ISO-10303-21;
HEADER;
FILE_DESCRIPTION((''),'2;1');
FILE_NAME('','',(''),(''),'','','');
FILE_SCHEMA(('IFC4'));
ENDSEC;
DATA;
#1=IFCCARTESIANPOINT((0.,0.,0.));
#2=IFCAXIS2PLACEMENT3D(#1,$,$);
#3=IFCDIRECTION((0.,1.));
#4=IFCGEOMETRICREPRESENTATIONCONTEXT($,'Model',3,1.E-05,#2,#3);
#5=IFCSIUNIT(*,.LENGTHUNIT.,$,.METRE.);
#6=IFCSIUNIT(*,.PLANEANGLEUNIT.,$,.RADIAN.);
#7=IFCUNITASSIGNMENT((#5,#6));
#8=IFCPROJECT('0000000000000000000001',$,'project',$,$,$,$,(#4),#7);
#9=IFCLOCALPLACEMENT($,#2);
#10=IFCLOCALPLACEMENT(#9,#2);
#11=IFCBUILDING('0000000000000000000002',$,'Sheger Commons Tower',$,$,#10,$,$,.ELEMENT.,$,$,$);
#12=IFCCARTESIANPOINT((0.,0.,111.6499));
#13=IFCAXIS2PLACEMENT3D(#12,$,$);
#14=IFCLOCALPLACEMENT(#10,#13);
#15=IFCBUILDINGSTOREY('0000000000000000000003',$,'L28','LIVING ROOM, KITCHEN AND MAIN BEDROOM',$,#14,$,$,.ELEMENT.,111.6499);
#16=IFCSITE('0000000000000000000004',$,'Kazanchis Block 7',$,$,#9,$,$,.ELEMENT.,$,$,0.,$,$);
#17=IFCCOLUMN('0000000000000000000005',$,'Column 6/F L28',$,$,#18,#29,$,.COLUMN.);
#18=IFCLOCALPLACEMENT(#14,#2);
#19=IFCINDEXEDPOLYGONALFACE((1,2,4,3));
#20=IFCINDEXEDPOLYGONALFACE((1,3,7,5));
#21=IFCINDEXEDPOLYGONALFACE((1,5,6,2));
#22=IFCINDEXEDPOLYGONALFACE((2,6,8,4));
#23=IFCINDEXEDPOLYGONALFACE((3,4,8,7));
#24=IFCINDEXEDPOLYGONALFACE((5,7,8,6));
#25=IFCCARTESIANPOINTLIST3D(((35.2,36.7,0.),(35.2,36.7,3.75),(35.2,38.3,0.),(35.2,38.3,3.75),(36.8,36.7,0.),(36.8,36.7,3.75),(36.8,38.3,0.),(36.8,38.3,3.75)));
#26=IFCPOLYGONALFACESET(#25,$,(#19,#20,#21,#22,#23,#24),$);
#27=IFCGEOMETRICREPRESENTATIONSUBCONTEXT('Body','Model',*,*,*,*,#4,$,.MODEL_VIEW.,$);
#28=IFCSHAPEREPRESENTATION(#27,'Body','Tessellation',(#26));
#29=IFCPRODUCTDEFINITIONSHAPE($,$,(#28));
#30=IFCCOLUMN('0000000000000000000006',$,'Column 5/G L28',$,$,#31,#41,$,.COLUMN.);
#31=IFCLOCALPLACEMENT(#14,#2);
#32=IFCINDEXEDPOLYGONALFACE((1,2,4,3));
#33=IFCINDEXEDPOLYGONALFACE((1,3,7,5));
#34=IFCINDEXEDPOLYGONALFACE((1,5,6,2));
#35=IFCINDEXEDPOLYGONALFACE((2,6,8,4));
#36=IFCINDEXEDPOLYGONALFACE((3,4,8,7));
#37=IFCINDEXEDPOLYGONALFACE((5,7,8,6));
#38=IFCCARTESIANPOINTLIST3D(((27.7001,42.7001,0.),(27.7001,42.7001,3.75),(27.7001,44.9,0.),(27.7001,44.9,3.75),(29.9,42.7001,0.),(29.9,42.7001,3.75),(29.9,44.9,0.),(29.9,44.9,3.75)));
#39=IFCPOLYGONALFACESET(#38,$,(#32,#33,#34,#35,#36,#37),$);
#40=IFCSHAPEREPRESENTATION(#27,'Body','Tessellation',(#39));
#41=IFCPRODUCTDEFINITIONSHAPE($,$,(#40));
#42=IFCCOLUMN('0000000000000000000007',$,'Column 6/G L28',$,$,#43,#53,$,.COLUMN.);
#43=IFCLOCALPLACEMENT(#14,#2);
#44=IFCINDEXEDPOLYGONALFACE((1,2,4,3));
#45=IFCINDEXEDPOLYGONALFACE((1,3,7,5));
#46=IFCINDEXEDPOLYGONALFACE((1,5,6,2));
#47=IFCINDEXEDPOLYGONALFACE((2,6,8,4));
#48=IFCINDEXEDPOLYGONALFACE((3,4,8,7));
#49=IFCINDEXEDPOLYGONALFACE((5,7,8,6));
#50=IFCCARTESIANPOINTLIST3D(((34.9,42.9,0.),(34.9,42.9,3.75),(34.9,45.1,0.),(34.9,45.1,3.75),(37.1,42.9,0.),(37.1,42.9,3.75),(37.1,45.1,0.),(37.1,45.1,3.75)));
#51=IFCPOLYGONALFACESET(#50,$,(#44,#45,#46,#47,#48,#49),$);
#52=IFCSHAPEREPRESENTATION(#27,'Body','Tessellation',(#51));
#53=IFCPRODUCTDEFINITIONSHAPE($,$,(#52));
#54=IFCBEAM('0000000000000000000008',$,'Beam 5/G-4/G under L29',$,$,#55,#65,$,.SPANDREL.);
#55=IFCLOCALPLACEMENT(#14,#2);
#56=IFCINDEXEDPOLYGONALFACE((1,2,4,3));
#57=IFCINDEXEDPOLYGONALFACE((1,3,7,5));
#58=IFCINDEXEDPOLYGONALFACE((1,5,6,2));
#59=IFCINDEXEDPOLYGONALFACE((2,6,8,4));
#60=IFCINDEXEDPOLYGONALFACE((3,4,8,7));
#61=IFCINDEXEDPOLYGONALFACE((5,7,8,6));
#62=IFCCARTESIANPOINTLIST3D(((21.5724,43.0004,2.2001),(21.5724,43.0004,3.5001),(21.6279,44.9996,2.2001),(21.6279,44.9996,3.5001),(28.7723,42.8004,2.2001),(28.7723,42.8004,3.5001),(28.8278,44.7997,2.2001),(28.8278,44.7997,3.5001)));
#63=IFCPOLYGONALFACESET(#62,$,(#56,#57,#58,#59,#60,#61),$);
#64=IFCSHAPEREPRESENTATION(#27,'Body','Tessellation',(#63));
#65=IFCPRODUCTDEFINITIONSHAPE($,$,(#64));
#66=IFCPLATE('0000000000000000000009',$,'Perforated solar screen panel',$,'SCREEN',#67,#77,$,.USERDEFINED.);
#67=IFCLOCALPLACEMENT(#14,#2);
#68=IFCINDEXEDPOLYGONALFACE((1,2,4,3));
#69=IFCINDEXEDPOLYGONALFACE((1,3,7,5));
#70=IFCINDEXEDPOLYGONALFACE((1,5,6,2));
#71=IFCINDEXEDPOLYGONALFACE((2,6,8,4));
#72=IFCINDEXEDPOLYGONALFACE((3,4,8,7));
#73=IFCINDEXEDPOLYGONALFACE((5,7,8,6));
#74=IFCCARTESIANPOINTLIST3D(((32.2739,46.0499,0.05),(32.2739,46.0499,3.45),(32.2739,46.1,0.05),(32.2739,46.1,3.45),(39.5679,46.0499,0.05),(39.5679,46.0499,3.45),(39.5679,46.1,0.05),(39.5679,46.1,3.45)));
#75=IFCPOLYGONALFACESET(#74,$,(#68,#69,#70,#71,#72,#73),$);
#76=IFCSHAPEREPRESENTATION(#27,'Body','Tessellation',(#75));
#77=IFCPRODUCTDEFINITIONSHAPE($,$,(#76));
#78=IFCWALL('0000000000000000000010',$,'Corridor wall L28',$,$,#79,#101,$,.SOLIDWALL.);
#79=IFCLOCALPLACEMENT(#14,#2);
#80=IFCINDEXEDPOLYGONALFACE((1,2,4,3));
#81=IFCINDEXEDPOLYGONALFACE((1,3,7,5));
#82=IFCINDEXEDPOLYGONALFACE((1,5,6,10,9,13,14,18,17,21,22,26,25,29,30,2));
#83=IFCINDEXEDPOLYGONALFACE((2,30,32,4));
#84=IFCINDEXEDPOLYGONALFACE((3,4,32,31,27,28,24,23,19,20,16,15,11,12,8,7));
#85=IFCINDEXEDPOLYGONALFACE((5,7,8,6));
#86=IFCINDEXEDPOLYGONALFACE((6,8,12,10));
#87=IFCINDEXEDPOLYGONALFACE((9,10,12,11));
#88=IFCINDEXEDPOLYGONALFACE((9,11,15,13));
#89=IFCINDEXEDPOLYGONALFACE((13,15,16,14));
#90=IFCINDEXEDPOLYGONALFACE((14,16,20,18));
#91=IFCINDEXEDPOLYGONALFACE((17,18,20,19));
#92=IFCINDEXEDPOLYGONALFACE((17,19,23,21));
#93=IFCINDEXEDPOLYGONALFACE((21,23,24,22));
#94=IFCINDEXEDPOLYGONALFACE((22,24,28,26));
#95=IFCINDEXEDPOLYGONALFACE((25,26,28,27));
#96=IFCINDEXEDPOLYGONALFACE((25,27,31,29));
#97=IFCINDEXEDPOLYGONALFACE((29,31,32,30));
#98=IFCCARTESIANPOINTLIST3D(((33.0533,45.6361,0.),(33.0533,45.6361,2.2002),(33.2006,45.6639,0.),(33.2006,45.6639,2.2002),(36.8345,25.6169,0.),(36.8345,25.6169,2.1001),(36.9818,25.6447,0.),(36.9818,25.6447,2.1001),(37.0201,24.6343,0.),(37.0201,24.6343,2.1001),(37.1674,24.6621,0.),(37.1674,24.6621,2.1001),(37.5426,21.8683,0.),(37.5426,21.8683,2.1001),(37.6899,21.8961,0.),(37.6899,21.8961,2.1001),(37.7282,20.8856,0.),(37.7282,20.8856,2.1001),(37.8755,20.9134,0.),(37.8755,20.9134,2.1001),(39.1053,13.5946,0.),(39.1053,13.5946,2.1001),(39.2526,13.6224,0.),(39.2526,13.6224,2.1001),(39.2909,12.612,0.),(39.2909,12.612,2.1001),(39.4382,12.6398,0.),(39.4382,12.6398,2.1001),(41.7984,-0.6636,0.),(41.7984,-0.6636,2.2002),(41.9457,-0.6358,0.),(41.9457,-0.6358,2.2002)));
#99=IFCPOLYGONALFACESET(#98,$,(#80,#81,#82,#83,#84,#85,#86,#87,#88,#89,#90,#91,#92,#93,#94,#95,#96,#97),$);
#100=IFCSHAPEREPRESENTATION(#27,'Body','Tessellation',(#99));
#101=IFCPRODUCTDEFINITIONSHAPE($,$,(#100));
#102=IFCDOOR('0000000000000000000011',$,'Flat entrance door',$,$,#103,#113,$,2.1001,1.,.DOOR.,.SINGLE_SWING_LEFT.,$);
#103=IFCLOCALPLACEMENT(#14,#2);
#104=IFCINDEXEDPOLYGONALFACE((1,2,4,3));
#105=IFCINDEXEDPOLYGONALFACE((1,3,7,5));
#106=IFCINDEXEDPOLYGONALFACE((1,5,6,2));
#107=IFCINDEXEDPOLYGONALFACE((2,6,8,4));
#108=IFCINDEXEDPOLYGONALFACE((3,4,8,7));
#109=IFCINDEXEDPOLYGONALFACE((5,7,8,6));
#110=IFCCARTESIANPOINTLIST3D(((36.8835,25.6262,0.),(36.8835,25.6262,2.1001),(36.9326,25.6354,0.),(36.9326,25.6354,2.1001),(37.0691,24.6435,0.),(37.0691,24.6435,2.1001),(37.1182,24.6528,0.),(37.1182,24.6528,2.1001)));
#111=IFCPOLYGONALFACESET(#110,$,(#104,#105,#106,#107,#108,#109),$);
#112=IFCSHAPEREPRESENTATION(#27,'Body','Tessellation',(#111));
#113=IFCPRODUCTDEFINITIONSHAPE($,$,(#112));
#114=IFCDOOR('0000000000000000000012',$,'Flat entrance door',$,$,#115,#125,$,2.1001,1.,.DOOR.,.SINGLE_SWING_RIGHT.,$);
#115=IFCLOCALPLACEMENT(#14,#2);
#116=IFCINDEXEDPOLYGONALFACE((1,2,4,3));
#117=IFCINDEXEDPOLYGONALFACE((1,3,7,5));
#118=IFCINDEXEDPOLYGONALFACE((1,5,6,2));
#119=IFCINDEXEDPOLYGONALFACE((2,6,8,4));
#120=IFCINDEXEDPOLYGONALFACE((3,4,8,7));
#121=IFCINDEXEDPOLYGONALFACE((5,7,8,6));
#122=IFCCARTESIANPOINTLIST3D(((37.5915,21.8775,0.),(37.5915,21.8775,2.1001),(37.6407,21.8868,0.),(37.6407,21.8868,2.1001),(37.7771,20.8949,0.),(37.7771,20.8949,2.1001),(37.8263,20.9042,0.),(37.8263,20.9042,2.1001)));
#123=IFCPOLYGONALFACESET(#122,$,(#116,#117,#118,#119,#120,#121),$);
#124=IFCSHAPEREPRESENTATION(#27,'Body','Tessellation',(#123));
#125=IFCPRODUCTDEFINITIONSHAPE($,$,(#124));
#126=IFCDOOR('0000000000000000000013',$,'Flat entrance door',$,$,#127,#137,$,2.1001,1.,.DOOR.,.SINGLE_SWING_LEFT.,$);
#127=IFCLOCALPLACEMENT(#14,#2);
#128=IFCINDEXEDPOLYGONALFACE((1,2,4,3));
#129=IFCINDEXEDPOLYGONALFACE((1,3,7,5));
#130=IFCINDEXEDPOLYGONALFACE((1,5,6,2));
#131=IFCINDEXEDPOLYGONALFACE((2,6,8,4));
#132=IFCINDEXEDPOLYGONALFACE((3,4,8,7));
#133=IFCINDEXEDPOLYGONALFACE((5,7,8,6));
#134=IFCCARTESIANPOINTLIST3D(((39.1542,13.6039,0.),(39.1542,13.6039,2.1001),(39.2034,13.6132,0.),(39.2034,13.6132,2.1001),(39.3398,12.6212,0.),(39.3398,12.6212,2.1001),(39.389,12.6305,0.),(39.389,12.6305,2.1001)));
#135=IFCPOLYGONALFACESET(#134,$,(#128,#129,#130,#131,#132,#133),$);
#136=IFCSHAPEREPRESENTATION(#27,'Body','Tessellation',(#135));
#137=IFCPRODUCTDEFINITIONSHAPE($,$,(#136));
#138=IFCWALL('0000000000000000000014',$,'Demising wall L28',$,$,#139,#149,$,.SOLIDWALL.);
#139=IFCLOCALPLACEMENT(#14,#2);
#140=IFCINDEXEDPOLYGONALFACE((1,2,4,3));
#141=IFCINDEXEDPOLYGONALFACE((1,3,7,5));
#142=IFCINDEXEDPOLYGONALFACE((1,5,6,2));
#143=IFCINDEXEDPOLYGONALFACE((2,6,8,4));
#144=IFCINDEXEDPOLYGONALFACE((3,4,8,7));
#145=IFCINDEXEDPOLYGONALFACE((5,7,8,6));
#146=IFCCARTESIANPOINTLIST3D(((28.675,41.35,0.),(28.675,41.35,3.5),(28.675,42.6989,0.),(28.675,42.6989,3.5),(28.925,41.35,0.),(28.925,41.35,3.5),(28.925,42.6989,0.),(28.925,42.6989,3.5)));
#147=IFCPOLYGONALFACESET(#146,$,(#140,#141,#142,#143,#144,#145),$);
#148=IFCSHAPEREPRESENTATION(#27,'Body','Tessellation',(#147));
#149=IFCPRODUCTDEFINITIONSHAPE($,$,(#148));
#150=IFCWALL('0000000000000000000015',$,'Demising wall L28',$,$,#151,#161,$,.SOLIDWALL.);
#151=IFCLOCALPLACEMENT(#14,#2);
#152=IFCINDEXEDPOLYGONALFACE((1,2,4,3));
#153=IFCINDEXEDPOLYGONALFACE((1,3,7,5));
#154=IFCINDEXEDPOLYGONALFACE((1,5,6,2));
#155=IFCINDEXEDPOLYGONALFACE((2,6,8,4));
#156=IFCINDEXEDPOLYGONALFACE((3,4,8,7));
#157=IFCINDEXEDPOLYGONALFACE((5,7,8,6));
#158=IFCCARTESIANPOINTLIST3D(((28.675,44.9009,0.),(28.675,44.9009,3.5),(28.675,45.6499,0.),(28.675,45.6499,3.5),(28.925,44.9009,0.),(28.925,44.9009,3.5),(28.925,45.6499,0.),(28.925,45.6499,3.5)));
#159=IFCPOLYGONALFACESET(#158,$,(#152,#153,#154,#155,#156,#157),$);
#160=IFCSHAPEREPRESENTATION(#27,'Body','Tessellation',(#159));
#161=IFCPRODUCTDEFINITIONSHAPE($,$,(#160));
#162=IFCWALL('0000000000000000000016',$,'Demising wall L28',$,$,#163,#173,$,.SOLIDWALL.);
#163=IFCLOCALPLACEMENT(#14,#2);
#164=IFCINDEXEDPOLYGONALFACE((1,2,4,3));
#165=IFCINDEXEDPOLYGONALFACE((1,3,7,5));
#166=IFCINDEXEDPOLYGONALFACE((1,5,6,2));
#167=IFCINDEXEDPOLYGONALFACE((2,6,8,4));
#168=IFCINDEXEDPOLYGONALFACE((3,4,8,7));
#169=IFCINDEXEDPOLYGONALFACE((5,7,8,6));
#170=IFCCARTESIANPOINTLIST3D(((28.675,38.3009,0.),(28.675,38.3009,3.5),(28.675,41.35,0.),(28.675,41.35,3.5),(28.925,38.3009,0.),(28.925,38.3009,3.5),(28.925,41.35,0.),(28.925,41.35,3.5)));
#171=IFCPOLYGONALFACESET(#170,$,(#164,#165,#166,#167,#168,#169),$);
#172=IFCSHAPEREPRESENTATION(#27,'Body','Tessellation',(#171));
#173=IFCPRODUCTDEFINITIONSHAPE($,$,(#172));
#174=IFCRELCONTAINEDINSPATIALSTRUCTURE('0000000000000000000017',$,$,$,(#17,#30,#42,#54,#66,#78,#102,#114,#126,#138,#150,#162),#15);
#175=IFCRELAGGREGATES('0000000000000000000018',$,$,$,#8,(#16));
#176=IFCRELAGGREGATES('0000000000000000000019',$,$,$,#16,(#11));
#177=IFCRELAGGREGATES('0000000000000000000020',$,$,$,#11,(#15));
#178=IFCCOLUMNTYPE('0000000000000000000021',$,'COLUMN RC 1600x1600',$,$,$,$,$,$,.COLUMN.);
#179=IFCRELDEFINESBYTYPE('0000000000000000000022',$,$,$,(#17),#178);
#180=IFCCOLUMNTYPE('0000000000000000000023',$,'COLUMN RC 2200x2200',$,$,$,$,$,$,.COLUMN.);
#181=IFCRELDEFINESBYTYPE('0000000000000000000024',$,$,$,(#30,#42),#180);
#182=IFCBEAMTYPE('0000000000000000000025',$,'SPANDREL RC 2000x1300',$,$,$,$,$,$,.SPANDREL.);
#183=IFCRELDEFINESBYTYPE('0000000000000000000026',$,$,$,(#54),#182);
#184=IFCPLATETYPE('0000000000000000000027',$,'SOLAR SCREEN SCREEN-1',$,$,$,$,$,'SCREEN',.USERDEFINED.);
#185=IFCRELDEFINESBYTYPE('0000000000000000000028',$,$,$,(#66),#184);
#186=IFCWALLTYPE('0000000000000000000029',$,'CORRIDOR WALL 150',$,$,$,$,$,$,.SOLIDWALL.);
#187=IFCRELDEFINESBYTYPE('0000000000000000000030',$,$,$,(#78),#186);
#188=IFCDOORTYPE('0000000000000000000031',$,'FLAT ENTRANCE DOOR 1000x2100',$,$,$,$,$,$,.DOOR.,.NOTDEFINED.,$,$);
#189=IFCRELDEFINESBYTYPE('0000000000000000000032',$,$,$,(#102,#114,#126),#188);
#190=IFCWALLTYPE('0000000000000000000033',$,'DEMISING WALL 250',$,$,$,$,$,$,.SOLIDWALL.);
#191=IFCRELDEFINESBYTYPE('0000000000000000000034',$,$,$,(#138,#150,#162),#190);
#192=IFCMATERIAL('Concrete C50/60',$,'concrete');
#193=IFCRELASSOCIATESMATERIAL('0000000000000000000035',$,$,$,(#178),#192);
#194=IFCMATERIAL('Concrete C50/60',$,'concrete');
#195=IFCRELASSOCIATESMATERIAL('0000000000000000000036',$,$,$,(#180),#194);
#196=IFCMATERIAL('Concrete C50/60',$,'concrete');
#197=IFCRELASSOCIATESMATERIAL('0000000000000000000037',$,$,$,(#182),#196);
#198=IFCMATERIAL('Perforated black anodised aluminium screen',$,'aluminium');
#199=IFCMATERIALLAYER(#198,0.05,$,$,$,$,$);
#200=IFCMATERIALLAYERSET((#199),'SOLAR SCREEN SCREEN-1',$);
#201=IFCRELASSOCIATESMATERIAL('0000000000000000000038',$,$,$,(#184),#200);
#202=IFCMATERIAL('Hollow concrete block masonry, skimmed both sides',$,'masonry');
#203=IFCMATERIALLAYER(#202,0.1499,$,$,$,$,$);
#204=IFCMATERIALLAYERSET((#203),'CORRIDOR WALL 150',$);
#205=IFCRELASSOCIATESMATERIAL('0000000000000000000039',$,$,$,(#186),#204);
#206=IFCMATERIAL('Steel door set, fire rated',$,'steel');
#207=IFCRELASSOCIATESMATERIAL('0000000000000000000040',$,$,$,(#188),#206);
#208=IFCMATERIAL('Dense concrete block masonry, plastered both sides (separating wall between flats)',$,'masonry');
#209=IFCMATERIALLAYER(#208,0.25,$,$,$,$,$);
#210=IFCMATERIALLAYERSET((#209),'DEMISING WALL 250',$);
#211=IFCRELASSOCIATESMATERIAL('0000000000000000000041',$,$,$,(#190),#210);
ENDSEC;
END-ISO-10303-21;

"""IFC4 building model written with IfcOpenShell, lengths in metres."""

from ifc_helpers import new_model, si_unit, direction, frame, frame_2d, origin, origin_2d, place, context, subcontext, project, spatial, rectangle, extrude, material, layer, layer_set, material_profile, profile_set, type_object, element, fill, save


model = new_model("IFC4")

# Units and contexts
model_context = context("Model", 3, precision=1e-05, world=origin(), true_north=direction((0.0, 1.0)))
body_context = subcontext(model_context, "Body", "Model", "MODEL_VIEW")
ifc_project = project(units=[si_unit("LENGTHUNIT", "METRE"), si_unit("PLANEANGLEUNIT", "RADIAN")], contexts=[model_context])

# Site, building, storey
site_placement = place(None, origin())
site = spatial("IfcSite", under=ifc_project, at=site_placement, Name="Kazanchis Block 7", CompositionType="ELEMENT", RefElevation=0.0)
building_placement = place(site_placement, origin())
building = spatial("IfcBuilding", under=site, at=building_placement, Name="Sheger Commons Tower", CompositionType="ELEMENT")
storey_placement = place(building_placement, frame((0.0, 0.0, 111.6499)))
storey = spatial("IfcBuildingStorey", under=building, at=storey_placement, Name="L28", Description="LIVING ROOM, KITCHEN AND MAIN BEDROOM", CompositionType="ELEMENT", Elevation=111.6499)

# Columns
ifc_material_1 = material(Name="Concrete C50/60", Category="concrete")
ifc_material_profile_1 = material_profile(ifc_material_1, rectangle(XDim=1.6001, YDim=1.6001, at=origin_2d()), Name="RC 1600x1600")
ifc_profile_set_1 = profile_set([ifc_material_profile_1], Name="Concrete C50/60")
column_type_1 = type_object("IfcColumnType", Name="COLUMN RC 1600x1600", PredefinedType="COLUMN", material=ifc_profile_set_1)
column_placement = place(storey_placement, frame((36.0, 37.5, 0.0), z_axis=(0.0, 0.0, 1.0), x_axis=(1.0, 0.0, 0.0)))
element("IfcColumn", 1, at=column_placement, inside=storey, type_object=column_type_1, Name="Column 6/F L28", PredefinedType="COLUMN", context=body_context, shape_type="SweptSolid", body=[
    extrude(rectangle(XDim=1.6001, YDim=1.6001, at=origin_2d()), origin(), (0.0, 0.0, 1.0), 3.75),
])
ifc_material_2 = material(Name="Concrete C50/60", Category="concrete")
ifc_material_profile_2 = material_profile(ifc_material_2, rectangle(XDim=2.2, YDim=2.2, at=origin_2d()), Name="RC 2200x2200")
ifc_profile_set_2 = profile_set([ifc_material_profile_2], Name="Concrete C50/60")
column_type_2 = type_object("IfcColumnType", Name="COLUMN RC 2200x2200", PredefinedType="COLUMN", material=ifc_profile_set_2)
for number, where, z_axis, x_axis, name in (
    (2, (28.8, 43.8, 0.0), (0.0, 0.0, 1.0), (1.0, 0.0, 0.0), "Column 5/G L28"),
    (3, (36.0, 44.0, 0.0), (0.0, 0.0, 1.0), (1.0, 0.0, 0.0), "Column 6/G L28"),
):
    element("IfcColumn", number, at=place(storey_placement, frame(where, z_axis=z_axis, x_axis=x_axis)), inside=storey, type_object=column_type_2, Name=name, PredefinedType="COLUMN", context=body_context, shape_type="SweptSolid", body=[
        extrude(rectangle(XDim=2.2, YDim=2.2, at=origin_2d()), origin(), (0.0, 0.0, 1.0), 3.75),
    ])

# Beam
ifc_material_3 = material(Name="Concrete C50/60", Category="concrete")
ifc_material_profile_3 = material_profile(ifc_material_3, rectangle(XDim=2.0, YDim=1.3, at=origin_2d()), Name="RC 2000x1300")
ifc_profile_set_3 = profile_set([ifc_material_profile_3], Name="Concrete C50/60")
beam_type = type_object("IfcBeamType", Name="SPANDREL RC 2000x1300", PredefinedType="SPANDREL", material=ifc_profile_set_3)
beam_placement = place(storey_placement, frame((28.8, 43.8, 2.8501), z_axis=(-0.999615, 0.02776, 0.0), x_axis=(-0.02776, -0.999615, 0.0)))
element("IfcBeam", 4, at=beam_placement, inside=storey, type_object=beam_type, Name="Beam 5/G-4/G under L29", PredefinedType="SPANDREL", context=body_context, shape_type="SweptSolid", body=[
    extrude(rectangle(XDim=2.0, YDim=1.3, at=origin_2d()), origin(), (0.0, 0.0, 1.0), 7.2026),
])

# Plate
ifc_material_4 = material(Name="Perforated black anodised aluminium screen", Category="aluminium")
ifc_layer_1 = layer(ifc_material_4, 0.05)
ifc_layer_set_1 = layer_set([ifc_layer_1], Name="SOLAR SCREEN SCREEN-1")
plate_type = type_object("IfcPlateType", Name="SOLAR SCREEN SCREEN-1", ElementType="SCREEN", PredefinedType="USERDEFINED", material=ifc_layer_set_1)
plate_placement = place(storey_placement, frame((35.9209, 46.075, 0.05), z_axis=(0.0, 0.0, 1.0), x_axis=(-1.0, 0.0, 0.0)))
element("IfcPlate", 5, at=plate_placement, inside=storey, type_object=plate_type, Name="Perforated solar screen panel", ObjectType="SCREEN", PredefinedType="USERDEFINED", context=body_context, shape_type="SweptSolid", body=[
    extrude(rectangle(XDim=7.2939, YDim=0.05, at=origin_2d()), origin(), (0.0, 0.0, 1.0), 3.3999),
])

# Wall, openings, doors
ifc_material_5 = material(Name="Hollow concrete block masonry, skimmed both sides", Category="masonry")
ifc_layer_2 = layer(ifc_material_5, 0.1499)
ifc_layer_set_2 = layer_set([ifc_layer_2], Name="CORRIDOR WALL 150")
wall_type_1 = type_object("IfcWallType", Name="CORRIDOR WALL 150", PredefinedType="SOLIDWALL", material=ifc_layer_set_2)
wall_1_placement = place(storey_placement, frame((33.127, 45.6499, 0.0), z_axis=(0.0, 0.0, 1.0), x_axis=(0.185599, -0.982626, 0.0)))
wall_1 = element("IfcWall", 6, at=wall_1_placement, inside=storey, type_object=wall_type_1, Name="Corridor wall L28", PredefinedType="SOLIDWALL", context=body_context, shape_type="SweptSolid", body=[
    extrude(rectangle(XDim=47.1184, YDim=0.1499, at=frame_2d((23.5591, 0.0))), origin(), (0.0, 0.0, 1.0), 2.2002),
])
opening_1_placement = place(wall_1_placement, frame((20.373, 0.0, 0.0)))
opening_1 = element("IfcOpeningElement", 7, at=opening_1_placement, cuts=wall_1, PredefinedType="OPENING", context=body_context, shape_type="SweptSolid", body=[
    extrude(rectangle(XDim=1.0, YDim=2.1001, at=frame_2d((0.5, 1.05))), frame((0.0, 0.085, 0.0), z_axis=(0.0, -1.0, 0.0), x_axis=(1.0, 0.0, 0.0)), (0.0, 0.0, 1.0), 0.1699),
])
opening_2_placement = place(wall_1_placement, frame((24.188, 0.0, 0.0)))
opening_2 = element("IfcOpeningElement", 8, at=opening_2_placement, cuts=wall_1, PredefinedType="OPENING", context=body_context, shape_type="SweptSolid", body=[
    extrude(rectangle(XDim=1.0, YDim=2.1001, at=frame_2d((0.5, 1.05))), frame((0.0, 0.085, 0.0), z_axis=(0.0, -1.0, 0.0), x_axis=(1.0, 0.0, 0.0)), (0.0, 0.0, 1.0), 0.1699),
])
opening_3_placement = place(wall_1_placement, frame((32.6079, 0.0, 0.0)))
opening_3 = element("IfcOpeningElement", 9, at=opening_3_placement, cuts=wall_1, PredefinedType="OPENING", context=body_context, shape_type="SweptSolid", body=[
    extrude(rectangle(XDim=1.0, YDim=2.1001, at=frame_2d((0.5, 1.05))), frame((0.0, 0.085, 0.0), z_axis=(0.0, -1.0, 0.0), x_axis=(1.0, 0.0, 0.0)), (0.0, 0.0, 1.0), 0.1699),
])
ifc_material_6 = material(Name="Steel door set, fire rated", Category="steel")
door_type_1 = type_object("IfcDoorType", Name="FLAT ENTRANCE DOOR 1000x2100", OperationType="NOTDEFINED", PredefinedType="DOOR", material=ifc_material_6)
door_1_placement = place(opening_1_placement, origin())
door_1 = element("IfcDoor", 10, at=door_1_placement, inside=storey, type_object=door_type_1, Name="Flat entrance door", OperationType="SINGLE_SWING_LEFT", OverallHeight=2.1001, OverallWidth=1.0, PredefinedType="DOOR", context=body_context, shape_type="SweptSolid", body=[
    extrude(rectangle(XDim=1.0, YDim=2.1001, at=frame_2d((0.5, 1.05))), frame((0.0, 0.0249, 0.0), z_axis=(0.0, -1.0, 0.0), x_axis=(1.0, 0.0, 0.0)), (0.0, 0.0, 1.0), 0.05),
])
fill(opening_1, door_1)
door_2_placement = place(opening_2_placement, origin())
door_2 = element("IfcDoor", 11, at=door_2_placement, inside=storey, type_object=door_type_1, Name="Flat entrance door", OperationType="SINGLE_SWING_RIGHT", OverallHeight=2.1001, OverallWidth=1.0, PredefinedType="DOOR", context=body_context, shape_type="SweptSolid", body=[
    extrude(rectangle(XDim=1.0, YDim=2.1001, at=frame_2d((0.5, 1.05))), frame((0.0, 0.0249, 0.0), z_axis=(0.0, -1.0, 0.0), x_axis=(1.0, 0.0, 0.0)), (0.0, 0.0, 1.0), 0.05),
])
fill(opening_2, door_2)
door_3_placement = place(opening_3_placement, origin())
door_3 = element("IfcDoor", 12, at=door_3_placement, inside=storey, type_object=door_type_1, Name="Flat entrance door", OperationType="SINGLE_SWING_LEFT", OverallHeight=2.1001, OverallWidth=1.0, PredefinedType="DOOR", context=body_context, shape_type="SweptSolid", body=[
    extrude(rectangle(XDim=1.0, YDim=2.1001, at=frame_2d((0.5, 1.05))), frame((0.0, 0.0249, 0.0), z_axis=(0.0, -1.0, 0.0), x_axis=(1.0, 0.0, 0.0)), (0.0, 0.0, 1.0), 0.05),
])
fill(opening_3, door_3)

# Walls
ifc_material_7 = material(Name="Dense concrete block masonry, plastered both sides (separating wall between flats)", Category="masonry")
ifc_layer_3 = layer(ifc_material_7, 0.25)
ifc_layer_set_3 = layer_set([ifc_layer_3], Name="DEMISING WALL 250")
wall_type_2 = type_object("IfcWallType", Name="DEMISING WALL 250", PredefinedType="SOLIDWALL", material=ifc_layer_set_3)
wall_2_placement = place(storey_placement, frame((28.8, 41.3501, 0.0), z_axis=(0.0, 0.0, 1.0), x_axis=(0.0, 1.0, 0.0)))
element("IfcWall", 13, at=wall_2_placement, inside=storey, type_object=wall_type_2, Name="Demising wall L28", PredefinedType="SOLIDWALL", context=body_context, shape_type="SweptSolid", body=[
    extrude(rectangle(XDim=1.3489, YDim=0.25, at=frame_2d((0.6743, 0.0))), origin(), (0.0, 0.0, 1.0), 3.5),
])
wall_3_placement = place(storey_placement, frame((28.8, 44.9009, 0.0), z_axis=(0.0, 0.0, 1.0), x_axis=(0.0, 1.0, 0.0)))
element("IfcWall", 14, at=wall_3_placement, inside=storey, type_object=wall_type_2, Name="Demising wall L28", PredefinedType="SOLIDWALL", context=body_context, shape_type="SweptSolid", body=[
    extrude(rectangle(XDim=0.749, YDim=0.25, at=frame_2d((0.3745, 0.0))), origin(), (0.0, 0.0, 1.0), 3.5),
])
wall_4_placement = place(storey_placement, frame((28.8, 38.301, 0.0), z_axis=(0.0, 0.0, 1.0), x_axis=(0.0, 1.0, 0.0)))
element("IfcWall", 15, at=wall_4_placement, inside=storey, type_object=wall_type_2, Name="Demising wall L28", PredefinedType="SOLIDWALL", context=body_context, shape_type="SweptSolid", body=[
    extrude(rectangle(XDim=3.0491, YDim=0.25, at=frame_2d((1.5244, 0.0))), origin(), (0.0, 0.0, 1.0), 3.5),
])

save(model, "model.ifc")
